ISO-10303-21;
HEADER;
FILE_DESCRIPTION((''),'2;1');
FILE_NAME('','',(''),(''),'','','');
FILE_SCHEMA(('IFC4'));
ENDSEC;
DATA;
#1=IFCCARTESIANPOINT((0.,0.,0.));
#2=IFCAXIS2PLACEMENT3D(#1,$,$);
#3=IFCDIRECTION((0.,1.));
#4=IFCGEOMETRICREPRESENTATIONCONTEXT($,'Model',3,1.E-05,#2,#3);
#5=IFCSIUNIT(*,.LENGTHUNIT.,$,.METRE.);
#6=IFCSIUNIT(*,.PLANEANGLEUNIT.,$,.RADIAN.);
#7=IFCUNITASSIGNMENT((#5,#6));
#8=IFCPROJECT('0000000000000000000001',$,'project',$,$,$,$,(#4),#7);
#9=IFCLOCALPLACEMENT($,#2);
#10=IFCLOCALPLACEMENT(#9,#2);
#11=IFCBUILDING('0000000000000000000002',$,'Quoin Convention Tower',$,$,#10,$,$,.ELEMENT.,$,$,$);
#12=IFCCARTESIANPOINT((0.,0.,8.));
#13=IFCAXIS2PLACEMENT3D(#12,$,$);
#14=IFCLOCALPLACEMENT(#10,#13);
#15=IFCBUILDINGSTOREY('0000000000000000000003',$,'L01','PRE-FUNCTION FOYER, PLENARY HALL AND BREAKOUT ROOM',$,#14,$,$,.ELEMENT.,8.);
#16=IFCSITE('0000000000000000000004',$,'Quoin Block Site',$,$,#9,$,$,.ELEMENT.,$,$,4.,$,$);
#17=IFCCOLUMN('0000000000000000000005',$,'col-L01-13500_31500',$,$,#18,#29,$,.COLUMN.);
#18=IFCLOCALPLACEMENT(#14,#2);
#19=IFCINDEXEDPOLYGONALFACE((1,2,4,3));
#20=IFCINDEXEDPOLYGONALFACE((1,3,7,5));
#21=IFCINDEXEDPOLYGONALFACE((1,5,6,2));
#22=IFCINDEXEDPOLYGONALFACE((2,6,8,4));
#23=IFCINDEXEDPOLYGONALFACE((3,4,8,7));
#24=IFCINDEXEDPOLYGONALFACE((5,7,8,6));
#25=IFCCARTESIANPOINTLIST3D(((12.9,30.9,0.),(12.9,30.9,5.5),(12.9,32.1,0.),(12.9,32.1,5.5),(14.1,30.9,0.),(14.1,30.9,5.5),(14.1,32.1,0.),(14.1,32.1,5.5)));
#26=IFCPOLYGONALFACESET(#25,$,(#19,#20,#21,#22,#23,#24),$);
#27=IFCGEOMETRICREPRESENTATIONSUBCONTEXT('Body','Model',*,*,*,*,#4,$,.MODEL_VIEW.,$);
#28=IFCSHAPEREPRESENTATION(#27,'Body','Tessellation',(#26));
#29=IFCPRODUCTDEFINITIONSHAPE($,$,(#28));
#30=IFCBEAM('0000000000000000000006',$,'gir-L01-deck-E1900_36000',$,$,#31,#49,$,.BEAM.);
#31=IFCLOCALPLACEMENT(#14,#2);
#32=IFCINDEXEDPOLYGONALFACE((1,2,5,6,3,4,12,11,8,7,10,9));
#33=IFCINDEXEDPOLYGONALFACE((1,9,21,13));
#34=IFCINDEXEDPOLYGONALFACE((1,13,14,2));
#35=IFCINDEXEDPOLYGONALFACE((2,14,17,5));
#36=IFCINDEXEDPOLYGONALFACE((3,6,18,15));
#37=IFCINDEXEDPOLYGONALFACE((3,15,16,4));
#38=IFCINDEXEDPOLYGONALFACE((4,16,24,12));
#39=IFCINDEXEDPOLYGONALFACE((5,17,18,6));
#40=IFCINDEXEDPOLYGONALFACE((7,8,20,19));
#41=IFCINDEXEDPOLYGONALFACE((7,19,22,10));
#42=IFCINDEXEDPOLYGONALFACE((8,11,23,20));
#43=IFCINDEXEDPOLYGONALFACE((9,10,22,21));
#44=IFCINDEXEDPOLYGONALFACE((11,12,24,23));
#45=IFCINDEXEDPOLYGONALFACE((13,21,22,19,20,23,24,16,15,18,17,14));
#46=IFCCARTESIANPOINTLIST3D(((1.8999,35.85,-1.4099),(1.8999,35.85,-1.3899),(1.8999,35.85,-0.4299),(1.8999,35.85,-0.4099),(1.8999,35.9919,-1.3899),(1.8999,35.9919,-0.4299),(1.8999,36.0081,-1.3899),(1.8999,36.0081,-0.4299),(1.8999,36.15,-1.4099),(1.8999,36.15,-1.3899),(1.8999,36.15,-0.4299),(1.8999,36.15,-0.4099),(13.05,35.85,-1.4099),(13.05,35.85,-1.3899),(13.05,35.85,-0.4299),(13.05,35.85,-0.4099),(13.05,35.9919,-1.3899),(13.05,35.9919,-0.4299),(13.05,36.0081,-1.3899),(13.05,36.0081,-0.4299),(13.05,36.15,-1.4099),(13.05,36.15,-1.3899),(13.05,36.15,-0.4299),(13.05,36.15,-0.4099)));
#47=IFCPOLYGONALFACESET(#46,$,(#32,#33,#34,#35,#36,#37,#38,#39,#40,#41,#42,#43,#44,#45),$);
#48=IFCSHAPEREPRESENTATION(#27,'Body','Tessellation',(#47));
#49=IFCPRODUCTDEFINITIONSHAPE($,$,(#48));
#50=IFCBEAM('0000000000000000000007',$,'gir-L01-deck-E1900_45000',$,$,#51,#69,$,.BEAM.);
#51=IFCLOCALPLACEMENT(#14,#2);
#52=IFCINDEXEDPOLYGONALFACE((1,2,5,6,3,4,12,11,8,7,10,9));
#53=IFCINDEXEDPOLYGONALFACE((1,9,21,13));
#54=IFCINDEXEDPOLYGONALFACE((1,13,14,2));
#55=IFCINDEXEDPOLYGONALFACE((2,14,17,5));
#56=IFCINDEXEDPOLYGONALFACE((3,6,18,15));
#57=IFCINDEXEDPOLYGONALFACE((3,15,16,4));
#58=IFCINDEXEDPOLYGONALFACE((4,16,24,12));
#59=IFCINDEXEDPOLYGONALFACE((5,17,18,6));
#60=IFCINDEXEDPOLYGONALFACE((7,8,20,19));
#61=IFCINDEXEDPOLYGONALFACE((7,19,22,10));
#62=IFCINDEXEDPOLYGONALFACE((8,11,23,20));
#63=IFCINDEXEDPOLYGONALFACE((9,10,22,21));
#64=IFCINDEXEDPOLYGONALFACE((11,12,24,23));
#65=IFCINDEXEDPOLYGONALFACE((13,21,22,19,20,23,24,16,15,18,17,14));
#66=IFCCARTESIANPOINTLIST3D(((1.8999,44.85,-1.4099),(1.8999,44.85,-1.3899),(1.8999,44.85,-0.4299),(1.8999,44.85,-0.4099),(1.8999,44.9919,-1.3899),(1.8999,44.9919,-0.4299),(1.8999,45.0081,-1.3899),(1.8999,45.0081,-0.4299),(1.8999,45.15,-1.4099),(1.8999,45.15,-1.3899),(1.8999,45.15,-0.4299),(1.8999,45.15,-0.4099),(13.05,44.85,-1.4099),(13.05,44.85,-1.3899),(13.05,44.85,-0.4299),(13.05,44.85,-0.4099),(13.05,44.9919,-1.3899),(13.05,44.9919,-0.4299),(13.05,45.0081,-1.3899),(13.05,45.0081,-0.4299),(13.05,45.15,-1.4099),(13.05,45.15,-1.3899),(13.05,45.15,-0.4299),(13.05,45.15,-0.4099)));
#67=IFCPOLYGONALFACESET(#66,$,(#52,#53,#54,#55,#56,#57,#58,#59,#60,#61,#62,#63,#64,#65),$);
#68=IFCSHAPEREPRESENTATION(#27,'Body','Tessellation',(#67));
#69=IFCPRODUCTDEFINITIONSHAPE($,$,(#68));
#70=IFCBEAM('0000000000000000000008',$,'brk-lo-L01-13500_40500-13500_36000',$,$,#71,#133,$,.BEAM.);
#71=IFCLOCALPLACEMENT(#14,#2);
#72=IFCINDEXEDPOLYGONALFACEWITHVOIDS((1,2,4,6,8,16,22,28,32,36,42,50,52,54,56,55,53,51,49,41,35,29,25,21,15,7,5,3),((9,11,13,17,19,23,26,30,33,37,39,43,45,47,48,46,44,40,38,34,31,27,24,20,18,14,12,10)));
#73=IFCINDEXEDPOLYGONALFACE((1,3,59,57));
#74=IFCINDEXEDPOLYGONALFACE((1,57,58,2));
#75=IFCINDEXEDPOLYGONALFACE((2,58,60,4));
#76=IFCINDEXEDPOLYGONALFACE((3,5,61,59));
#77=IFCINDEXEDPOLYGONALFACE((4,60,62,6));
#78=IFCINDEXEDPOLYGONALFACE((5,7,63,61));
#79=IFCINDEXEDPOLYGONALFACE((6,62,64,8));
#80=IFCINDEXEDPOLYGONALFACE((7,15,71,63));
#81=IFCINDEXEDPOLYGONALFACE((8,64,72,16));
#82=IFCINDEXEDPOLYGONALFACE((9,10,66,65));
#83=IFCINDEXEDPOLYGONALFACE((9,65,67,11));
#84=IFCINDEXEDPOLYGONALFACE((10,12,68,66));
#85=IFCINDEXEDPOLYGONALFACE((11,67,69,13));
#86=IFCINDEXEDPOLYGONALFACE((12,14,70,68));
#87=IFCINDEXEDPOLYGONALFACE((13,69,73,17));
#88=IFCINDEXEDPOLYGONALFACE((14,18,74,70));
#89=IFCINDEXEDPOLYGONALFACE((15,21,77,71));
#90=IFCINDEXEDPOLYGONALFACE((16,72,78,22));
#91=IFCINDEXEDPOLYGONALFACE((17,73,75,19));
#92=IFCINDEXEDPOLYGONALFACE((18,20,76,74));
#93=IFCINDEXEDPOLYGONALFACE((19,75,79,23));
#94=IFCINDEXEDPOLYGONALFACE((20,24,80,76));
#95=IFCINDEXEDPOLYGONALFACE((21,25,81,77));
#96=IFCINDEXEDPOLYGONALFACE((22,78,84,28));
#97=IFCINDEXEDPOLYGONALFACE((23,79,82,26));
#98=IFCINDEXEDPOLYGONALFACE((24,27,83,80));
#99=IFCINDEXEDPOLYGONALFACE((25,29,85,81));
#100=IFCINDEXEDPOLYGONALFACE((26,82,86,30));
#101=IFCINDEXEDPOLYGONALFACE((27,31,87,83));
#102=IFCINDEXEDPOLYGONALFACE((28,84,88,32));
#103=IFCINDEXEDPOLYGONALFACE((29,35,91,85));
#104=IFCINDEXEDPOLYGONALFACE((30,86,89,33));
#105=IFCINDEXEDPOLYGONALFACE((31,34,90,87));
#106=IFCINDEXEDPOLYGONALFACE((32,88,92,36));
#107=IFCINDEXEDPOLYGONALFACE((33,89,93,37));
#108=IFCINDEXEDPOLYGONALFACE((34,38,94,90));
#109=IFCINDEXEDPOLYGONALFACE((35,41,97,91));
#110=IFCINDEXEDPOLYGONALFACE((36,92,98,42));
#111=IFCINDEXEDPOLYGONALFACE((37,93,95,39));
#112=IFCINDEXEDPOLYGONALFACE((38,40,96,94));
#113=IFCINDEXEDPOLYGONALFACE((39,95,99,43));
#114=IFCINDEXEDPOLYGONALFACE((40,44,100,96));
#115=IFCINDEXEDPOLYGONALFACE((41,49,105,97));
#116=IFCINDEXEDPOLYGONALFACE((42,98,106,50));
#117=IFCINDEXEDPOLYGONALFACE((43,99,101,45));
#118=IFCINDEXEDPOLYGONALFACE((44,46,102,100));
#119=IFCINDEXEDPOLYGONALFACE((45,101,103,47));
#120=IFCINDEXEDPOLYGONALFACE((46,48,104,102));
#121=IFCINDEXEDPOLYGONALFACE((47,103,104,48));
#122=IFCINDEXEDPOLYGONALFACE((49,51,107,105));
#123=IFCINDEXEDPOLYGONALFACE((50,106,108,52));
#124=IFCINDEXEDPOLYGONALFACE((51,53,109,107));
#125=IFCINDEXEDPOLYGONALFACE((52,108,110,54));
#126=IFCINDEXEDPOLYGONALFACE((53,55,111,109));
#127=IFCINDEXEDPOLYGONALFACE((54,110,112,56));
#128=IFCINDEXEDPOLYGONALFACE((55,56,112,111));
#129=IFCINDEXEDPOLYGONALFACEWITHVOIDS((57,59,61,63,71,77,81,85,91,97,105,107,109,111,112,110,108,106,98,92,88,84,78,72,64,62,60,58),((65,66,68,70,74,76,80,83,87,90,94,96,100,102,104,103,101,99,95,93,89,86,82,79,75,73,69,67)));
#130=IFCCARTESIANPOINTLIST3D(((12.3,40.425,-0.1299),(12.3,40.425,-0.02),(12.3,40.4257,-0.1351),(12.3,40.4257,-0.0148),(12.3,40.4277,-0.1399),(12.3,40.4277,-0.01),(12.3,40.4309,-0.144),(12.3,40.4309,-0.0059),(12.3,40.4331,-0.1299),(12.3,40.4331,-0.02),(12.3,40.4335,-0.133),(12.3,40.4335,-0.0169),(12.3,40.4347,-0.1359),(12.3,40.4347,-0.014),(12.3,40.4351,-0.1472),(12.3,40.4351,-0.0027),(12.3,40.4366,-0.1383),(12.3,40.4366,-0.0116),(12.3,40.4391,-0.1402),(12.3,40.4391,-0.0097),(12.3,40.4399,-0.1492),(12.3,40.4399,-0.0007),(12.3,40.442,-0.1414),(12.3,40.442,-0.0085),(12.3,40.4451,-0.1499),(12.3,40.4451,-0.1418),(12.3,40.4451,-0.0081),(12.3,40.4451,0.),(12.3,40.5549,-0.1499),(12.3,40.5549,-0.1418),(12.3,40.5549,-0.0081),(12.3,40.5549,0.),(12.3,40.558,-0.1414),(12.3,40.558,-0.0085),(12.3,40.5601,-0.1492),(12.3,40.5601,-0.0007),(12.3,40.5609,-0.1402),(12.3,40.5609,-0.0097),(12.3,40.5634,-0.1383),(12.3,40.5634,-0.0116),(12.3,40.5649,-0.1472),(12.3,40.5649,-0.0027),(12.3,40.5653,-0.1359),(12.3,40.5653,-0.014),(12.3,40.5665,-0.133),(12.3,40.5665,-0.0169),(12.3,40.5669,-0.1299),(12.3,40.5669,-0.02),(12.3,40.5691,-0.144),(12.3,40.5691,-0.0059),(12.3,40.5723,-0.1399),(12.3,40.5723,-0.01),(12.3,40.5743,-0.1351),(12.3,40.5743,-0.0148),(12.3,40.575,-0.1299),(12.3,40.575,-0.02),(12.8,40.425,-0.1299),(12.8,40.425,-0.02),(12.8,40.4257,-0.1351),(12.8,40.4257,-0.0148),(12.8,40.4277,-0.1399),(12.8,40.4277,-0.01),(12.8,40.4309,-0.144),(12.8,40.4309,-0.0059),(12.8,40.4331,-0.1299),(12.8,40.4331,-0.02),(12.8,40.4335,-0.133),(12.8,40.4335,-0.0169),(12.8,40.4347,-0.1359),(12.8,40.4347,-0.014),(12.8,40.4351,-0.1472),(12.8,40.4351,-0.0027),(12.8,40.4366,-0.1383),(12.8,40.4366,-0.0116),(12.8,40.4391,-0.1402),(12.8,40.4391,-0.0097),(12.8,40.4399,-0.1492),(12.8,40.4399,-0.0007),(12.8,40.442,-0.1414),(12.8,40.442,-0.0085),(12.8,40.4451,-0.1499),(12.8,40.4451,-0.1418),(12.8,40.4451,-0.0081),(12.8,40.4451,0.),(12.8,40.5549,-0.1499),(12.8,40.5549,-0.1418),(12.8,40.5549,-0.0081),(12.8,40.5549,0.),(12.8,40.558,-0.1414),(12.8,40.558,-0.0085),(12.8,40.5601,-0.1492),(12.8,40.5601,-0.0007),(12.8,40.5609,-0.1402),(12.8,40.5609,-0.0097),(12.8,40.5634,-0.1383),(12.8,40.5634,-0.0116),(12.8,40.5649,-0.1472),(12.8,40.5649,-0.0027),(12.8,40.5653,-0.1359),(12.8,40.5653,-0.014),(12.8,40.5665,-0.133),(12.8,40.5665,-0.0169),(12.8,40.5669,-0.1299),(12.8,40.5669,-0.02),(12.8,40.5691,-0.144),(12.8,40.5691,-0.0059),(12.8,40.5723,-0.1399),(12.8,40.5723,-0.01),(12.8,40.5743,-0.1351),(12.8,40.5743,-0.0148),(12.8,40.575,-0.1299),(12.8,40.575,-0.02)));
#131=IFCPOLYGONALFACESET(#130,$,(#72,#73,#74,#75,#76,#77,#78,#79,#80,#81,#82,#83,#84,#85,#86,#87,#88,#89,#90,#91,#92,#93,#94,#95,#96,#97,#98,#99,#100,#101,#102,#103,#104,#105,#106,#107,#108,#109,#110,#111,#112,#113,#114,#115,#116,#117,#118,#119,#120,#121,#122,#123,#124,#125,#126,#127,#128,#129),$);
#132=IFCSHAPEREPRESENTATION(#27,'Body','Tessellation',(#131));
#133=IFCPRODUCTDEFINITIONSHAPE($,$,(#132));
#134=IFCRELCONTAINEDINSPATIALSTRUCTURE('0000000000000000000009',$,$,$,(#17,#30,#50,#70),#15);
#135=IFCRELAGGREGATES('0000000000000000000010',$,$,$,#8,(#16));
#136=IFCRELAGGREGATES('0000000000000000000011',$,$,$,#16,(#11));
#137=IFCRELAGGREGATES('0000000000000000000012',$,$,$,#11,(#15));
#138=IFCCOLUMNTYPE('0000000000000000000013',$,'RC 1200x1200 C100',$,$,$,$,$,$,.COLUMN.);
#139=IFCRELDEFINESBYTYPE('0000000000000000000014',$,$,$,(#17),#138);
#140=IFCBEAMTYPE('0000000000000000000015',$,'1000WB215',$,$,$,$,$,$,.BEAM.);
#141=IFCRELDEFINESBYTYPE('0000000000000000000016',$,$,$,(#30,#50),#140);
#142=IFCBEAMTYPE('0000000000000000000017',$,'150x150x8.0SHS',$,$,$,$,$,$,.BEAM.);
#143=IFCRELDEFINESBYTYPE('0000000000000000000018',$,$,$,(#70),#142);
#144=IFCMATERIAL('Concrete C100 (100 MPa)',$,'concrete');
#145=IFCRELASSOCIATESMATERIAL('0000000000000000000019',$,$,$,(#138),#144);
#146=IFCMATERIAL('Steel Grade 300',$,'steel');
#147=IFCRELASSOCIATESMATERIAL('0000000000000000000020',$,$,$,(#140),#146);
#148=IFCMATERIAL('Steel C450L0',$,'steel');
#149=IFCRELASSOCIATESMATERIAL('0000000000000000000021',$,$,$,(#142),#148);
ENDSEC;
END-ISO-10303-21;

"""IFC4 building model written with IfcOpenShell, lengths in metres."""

from ifc_helpers import new_model, si_unit, direction, frame, origin, origin_2d, place, context, subcontext, project, spatial, rectangle, hollow_rectangle, i_section, extrude, material, material_profile, profile_set, type_object, element, save


model = new_model("IFC4")

# Units and contexts
model_context = context("Model", 3, precision=1e-05, world=origin(), true_north=direction((0.0, 1.0)))
body_context = subcontext(model_context, "Body", "Model", "MODEL_VIEW")
ifc_project = project(units=[si_unit("LENGTHUNIT", "METRE"), si_unit("PLANEANGLEUNIT", "RADIAN")], contexts=[model_context])

# Site, building, storey
site_placement = place(None, origin())
site = spatial("IfcSite", under=ifc_project, at=site_placement, Name="Quoin Block Site", CompositionType="ELEMENT", RefElevation=4.0)
building_placement = place(site_placement, origin())
building = spatial("IfcBuilding", under=site, at=building_placement, Name="Quoin Convention Tower", CompositionType="ELEMENT")
storey_placement = place(building_placement, frame((0.0, 0.0, 8.0)))
storey = spatial("IfcBuildingStorey", under=building, at=storey_placement, Name="L01", Description="PRE-FUNCTION FOYER, PLENARY HALL AND BREAKOUT ROOM", CompositionType="ELEMENT", Elevation=8.0)

# Column
ifc_material_1 = material(Name="Concrete C100 (100 MPa)", Category="concrete")
ifc_material_profile_1 = material_profile(ifc_material_1, rectangle(XDim=1.2, YDim=1.2, at=origin_2d()), Name="RC 1200x1200")
ifc_profile_set_1 = profile_set([ifc_material_profile_1], Name="Concrete C100 (100 MPa)")
column_type = type_object("IfcColumnType", Name="RC 1200x1200 C100", PredefinedType="COLUMN", material=ifc_profile_set_1)
column_placement = place(storey_placement, frame((13.5, 31.5, 0.0), z_axis=(0.0, 0.0, 1.0), x_axis=(1.0, 0.0, 0.0)))
element("IfcColumn", 1, at=column_placement, inside=storey, type_object=column_type, Name="col-L01-13500_31500", PredefinedType="COLUMN", context=body_context, shape_type="SweptSolid", body=[
    extrude(rectangle(XDim=1.2, YDim=1.2, at=origin_2d()), origin(), (0.0, 0.0, 1.0), 5.5),
])

# Beams
ifc_material_2 = material(Name="Steel Grade 300", Category="steel")
ifc_material_profile_2 = material_profile(ifc_material_2, i_section(OverallWidth=0.3, OverallDepth=1.0, WebThickness=0.0161, FlangeThickness=0.02, at=origin_2d()), Name="1000WB215")
ifc_profile_set_2 = profile_set([ifc_material_profile_2], Name="Steel Grade 300")
beam_type_1 = type_object("IfcBeamType", Name="1000WB215", PredefinedType="BEAM", material=ifc_profile_set_2)
for number, where, z_axis, x_axis, name in (
    (2, (1.8999, 36.0, -0.9099), (1.0, 0.0, 0.0), (0.0, 1.0, 0.0), "gir-L01-deck-E1900_36000"),
    (3, (1.8999, 45.0, -0.9099), (1.0, 0.0, 0.0), (0.0, 1.0, 0.0), "gir-L01-deck-E1900_45000"),
):
    element("IfcBeam", number, at=place(storey_placement, frame(where, z_axis=z_axis, x_axis=x_axis)), inside=storey, type_object=beam_type_1, Name=name, PredefinedType="BEAM", context=body_context, shape_type="SweptSolid", body=[
        extrude(i_section(OverallWidth=0.3, OverallDepth=1.0, WebThickness=0.0161, FlangeThickness=0.02, at=origin_2d()), origin(), (0.0, 0.0, 1.0), 11.1501),
    ])
ifc_material_3 = material(Name="Steel C450L0", Category="steel")
ifc_material_profile_3 = material_profile(ifc_material_3, hollow_rectangle(XDim=0.1499, YDim=0.1499, WallThickness=0.0081, InnerFilletRadius=0.012, OuterFilletRadius=0.02, at=origin_2d()), Name="150x150x8.0SHS")
ifc_profile_set_3 = profile_set([ifc_material_profile_3], Name="Steel C450L0")
beam_type_2 = type_object("IfcBeamType", Name="150x150x8.0SHS", PredefinedType="BEAM", material=ifc_profile_set_3)
beam_1_placement = place(storey_placement, frame((12.8, 40.5, -0.075), z_axis=(-1.0, 0.0, 0.0), x_axis=(0.0, -1.0, 0.0)))
element("IfcBeam", 4, at=beam_1_placement, inside=storey, type_object=beam_type_2, Name="brk-lo-L01-13500_40500-13500_36000", PredefinedType="BEAM", context=body_context, shape_type="SweptSolid", body=[
    extrude(hollow_rectangle(XDim=0.1499, YDim=0.1499, WallThickness=0.0081, InnerFilletRadius=0.012, OuterFilletRadius=0.02, at=origin_2d()), origin(), (0.0, 0.0, 1.0), 0.5),
])

save(model, "model.ifc")
